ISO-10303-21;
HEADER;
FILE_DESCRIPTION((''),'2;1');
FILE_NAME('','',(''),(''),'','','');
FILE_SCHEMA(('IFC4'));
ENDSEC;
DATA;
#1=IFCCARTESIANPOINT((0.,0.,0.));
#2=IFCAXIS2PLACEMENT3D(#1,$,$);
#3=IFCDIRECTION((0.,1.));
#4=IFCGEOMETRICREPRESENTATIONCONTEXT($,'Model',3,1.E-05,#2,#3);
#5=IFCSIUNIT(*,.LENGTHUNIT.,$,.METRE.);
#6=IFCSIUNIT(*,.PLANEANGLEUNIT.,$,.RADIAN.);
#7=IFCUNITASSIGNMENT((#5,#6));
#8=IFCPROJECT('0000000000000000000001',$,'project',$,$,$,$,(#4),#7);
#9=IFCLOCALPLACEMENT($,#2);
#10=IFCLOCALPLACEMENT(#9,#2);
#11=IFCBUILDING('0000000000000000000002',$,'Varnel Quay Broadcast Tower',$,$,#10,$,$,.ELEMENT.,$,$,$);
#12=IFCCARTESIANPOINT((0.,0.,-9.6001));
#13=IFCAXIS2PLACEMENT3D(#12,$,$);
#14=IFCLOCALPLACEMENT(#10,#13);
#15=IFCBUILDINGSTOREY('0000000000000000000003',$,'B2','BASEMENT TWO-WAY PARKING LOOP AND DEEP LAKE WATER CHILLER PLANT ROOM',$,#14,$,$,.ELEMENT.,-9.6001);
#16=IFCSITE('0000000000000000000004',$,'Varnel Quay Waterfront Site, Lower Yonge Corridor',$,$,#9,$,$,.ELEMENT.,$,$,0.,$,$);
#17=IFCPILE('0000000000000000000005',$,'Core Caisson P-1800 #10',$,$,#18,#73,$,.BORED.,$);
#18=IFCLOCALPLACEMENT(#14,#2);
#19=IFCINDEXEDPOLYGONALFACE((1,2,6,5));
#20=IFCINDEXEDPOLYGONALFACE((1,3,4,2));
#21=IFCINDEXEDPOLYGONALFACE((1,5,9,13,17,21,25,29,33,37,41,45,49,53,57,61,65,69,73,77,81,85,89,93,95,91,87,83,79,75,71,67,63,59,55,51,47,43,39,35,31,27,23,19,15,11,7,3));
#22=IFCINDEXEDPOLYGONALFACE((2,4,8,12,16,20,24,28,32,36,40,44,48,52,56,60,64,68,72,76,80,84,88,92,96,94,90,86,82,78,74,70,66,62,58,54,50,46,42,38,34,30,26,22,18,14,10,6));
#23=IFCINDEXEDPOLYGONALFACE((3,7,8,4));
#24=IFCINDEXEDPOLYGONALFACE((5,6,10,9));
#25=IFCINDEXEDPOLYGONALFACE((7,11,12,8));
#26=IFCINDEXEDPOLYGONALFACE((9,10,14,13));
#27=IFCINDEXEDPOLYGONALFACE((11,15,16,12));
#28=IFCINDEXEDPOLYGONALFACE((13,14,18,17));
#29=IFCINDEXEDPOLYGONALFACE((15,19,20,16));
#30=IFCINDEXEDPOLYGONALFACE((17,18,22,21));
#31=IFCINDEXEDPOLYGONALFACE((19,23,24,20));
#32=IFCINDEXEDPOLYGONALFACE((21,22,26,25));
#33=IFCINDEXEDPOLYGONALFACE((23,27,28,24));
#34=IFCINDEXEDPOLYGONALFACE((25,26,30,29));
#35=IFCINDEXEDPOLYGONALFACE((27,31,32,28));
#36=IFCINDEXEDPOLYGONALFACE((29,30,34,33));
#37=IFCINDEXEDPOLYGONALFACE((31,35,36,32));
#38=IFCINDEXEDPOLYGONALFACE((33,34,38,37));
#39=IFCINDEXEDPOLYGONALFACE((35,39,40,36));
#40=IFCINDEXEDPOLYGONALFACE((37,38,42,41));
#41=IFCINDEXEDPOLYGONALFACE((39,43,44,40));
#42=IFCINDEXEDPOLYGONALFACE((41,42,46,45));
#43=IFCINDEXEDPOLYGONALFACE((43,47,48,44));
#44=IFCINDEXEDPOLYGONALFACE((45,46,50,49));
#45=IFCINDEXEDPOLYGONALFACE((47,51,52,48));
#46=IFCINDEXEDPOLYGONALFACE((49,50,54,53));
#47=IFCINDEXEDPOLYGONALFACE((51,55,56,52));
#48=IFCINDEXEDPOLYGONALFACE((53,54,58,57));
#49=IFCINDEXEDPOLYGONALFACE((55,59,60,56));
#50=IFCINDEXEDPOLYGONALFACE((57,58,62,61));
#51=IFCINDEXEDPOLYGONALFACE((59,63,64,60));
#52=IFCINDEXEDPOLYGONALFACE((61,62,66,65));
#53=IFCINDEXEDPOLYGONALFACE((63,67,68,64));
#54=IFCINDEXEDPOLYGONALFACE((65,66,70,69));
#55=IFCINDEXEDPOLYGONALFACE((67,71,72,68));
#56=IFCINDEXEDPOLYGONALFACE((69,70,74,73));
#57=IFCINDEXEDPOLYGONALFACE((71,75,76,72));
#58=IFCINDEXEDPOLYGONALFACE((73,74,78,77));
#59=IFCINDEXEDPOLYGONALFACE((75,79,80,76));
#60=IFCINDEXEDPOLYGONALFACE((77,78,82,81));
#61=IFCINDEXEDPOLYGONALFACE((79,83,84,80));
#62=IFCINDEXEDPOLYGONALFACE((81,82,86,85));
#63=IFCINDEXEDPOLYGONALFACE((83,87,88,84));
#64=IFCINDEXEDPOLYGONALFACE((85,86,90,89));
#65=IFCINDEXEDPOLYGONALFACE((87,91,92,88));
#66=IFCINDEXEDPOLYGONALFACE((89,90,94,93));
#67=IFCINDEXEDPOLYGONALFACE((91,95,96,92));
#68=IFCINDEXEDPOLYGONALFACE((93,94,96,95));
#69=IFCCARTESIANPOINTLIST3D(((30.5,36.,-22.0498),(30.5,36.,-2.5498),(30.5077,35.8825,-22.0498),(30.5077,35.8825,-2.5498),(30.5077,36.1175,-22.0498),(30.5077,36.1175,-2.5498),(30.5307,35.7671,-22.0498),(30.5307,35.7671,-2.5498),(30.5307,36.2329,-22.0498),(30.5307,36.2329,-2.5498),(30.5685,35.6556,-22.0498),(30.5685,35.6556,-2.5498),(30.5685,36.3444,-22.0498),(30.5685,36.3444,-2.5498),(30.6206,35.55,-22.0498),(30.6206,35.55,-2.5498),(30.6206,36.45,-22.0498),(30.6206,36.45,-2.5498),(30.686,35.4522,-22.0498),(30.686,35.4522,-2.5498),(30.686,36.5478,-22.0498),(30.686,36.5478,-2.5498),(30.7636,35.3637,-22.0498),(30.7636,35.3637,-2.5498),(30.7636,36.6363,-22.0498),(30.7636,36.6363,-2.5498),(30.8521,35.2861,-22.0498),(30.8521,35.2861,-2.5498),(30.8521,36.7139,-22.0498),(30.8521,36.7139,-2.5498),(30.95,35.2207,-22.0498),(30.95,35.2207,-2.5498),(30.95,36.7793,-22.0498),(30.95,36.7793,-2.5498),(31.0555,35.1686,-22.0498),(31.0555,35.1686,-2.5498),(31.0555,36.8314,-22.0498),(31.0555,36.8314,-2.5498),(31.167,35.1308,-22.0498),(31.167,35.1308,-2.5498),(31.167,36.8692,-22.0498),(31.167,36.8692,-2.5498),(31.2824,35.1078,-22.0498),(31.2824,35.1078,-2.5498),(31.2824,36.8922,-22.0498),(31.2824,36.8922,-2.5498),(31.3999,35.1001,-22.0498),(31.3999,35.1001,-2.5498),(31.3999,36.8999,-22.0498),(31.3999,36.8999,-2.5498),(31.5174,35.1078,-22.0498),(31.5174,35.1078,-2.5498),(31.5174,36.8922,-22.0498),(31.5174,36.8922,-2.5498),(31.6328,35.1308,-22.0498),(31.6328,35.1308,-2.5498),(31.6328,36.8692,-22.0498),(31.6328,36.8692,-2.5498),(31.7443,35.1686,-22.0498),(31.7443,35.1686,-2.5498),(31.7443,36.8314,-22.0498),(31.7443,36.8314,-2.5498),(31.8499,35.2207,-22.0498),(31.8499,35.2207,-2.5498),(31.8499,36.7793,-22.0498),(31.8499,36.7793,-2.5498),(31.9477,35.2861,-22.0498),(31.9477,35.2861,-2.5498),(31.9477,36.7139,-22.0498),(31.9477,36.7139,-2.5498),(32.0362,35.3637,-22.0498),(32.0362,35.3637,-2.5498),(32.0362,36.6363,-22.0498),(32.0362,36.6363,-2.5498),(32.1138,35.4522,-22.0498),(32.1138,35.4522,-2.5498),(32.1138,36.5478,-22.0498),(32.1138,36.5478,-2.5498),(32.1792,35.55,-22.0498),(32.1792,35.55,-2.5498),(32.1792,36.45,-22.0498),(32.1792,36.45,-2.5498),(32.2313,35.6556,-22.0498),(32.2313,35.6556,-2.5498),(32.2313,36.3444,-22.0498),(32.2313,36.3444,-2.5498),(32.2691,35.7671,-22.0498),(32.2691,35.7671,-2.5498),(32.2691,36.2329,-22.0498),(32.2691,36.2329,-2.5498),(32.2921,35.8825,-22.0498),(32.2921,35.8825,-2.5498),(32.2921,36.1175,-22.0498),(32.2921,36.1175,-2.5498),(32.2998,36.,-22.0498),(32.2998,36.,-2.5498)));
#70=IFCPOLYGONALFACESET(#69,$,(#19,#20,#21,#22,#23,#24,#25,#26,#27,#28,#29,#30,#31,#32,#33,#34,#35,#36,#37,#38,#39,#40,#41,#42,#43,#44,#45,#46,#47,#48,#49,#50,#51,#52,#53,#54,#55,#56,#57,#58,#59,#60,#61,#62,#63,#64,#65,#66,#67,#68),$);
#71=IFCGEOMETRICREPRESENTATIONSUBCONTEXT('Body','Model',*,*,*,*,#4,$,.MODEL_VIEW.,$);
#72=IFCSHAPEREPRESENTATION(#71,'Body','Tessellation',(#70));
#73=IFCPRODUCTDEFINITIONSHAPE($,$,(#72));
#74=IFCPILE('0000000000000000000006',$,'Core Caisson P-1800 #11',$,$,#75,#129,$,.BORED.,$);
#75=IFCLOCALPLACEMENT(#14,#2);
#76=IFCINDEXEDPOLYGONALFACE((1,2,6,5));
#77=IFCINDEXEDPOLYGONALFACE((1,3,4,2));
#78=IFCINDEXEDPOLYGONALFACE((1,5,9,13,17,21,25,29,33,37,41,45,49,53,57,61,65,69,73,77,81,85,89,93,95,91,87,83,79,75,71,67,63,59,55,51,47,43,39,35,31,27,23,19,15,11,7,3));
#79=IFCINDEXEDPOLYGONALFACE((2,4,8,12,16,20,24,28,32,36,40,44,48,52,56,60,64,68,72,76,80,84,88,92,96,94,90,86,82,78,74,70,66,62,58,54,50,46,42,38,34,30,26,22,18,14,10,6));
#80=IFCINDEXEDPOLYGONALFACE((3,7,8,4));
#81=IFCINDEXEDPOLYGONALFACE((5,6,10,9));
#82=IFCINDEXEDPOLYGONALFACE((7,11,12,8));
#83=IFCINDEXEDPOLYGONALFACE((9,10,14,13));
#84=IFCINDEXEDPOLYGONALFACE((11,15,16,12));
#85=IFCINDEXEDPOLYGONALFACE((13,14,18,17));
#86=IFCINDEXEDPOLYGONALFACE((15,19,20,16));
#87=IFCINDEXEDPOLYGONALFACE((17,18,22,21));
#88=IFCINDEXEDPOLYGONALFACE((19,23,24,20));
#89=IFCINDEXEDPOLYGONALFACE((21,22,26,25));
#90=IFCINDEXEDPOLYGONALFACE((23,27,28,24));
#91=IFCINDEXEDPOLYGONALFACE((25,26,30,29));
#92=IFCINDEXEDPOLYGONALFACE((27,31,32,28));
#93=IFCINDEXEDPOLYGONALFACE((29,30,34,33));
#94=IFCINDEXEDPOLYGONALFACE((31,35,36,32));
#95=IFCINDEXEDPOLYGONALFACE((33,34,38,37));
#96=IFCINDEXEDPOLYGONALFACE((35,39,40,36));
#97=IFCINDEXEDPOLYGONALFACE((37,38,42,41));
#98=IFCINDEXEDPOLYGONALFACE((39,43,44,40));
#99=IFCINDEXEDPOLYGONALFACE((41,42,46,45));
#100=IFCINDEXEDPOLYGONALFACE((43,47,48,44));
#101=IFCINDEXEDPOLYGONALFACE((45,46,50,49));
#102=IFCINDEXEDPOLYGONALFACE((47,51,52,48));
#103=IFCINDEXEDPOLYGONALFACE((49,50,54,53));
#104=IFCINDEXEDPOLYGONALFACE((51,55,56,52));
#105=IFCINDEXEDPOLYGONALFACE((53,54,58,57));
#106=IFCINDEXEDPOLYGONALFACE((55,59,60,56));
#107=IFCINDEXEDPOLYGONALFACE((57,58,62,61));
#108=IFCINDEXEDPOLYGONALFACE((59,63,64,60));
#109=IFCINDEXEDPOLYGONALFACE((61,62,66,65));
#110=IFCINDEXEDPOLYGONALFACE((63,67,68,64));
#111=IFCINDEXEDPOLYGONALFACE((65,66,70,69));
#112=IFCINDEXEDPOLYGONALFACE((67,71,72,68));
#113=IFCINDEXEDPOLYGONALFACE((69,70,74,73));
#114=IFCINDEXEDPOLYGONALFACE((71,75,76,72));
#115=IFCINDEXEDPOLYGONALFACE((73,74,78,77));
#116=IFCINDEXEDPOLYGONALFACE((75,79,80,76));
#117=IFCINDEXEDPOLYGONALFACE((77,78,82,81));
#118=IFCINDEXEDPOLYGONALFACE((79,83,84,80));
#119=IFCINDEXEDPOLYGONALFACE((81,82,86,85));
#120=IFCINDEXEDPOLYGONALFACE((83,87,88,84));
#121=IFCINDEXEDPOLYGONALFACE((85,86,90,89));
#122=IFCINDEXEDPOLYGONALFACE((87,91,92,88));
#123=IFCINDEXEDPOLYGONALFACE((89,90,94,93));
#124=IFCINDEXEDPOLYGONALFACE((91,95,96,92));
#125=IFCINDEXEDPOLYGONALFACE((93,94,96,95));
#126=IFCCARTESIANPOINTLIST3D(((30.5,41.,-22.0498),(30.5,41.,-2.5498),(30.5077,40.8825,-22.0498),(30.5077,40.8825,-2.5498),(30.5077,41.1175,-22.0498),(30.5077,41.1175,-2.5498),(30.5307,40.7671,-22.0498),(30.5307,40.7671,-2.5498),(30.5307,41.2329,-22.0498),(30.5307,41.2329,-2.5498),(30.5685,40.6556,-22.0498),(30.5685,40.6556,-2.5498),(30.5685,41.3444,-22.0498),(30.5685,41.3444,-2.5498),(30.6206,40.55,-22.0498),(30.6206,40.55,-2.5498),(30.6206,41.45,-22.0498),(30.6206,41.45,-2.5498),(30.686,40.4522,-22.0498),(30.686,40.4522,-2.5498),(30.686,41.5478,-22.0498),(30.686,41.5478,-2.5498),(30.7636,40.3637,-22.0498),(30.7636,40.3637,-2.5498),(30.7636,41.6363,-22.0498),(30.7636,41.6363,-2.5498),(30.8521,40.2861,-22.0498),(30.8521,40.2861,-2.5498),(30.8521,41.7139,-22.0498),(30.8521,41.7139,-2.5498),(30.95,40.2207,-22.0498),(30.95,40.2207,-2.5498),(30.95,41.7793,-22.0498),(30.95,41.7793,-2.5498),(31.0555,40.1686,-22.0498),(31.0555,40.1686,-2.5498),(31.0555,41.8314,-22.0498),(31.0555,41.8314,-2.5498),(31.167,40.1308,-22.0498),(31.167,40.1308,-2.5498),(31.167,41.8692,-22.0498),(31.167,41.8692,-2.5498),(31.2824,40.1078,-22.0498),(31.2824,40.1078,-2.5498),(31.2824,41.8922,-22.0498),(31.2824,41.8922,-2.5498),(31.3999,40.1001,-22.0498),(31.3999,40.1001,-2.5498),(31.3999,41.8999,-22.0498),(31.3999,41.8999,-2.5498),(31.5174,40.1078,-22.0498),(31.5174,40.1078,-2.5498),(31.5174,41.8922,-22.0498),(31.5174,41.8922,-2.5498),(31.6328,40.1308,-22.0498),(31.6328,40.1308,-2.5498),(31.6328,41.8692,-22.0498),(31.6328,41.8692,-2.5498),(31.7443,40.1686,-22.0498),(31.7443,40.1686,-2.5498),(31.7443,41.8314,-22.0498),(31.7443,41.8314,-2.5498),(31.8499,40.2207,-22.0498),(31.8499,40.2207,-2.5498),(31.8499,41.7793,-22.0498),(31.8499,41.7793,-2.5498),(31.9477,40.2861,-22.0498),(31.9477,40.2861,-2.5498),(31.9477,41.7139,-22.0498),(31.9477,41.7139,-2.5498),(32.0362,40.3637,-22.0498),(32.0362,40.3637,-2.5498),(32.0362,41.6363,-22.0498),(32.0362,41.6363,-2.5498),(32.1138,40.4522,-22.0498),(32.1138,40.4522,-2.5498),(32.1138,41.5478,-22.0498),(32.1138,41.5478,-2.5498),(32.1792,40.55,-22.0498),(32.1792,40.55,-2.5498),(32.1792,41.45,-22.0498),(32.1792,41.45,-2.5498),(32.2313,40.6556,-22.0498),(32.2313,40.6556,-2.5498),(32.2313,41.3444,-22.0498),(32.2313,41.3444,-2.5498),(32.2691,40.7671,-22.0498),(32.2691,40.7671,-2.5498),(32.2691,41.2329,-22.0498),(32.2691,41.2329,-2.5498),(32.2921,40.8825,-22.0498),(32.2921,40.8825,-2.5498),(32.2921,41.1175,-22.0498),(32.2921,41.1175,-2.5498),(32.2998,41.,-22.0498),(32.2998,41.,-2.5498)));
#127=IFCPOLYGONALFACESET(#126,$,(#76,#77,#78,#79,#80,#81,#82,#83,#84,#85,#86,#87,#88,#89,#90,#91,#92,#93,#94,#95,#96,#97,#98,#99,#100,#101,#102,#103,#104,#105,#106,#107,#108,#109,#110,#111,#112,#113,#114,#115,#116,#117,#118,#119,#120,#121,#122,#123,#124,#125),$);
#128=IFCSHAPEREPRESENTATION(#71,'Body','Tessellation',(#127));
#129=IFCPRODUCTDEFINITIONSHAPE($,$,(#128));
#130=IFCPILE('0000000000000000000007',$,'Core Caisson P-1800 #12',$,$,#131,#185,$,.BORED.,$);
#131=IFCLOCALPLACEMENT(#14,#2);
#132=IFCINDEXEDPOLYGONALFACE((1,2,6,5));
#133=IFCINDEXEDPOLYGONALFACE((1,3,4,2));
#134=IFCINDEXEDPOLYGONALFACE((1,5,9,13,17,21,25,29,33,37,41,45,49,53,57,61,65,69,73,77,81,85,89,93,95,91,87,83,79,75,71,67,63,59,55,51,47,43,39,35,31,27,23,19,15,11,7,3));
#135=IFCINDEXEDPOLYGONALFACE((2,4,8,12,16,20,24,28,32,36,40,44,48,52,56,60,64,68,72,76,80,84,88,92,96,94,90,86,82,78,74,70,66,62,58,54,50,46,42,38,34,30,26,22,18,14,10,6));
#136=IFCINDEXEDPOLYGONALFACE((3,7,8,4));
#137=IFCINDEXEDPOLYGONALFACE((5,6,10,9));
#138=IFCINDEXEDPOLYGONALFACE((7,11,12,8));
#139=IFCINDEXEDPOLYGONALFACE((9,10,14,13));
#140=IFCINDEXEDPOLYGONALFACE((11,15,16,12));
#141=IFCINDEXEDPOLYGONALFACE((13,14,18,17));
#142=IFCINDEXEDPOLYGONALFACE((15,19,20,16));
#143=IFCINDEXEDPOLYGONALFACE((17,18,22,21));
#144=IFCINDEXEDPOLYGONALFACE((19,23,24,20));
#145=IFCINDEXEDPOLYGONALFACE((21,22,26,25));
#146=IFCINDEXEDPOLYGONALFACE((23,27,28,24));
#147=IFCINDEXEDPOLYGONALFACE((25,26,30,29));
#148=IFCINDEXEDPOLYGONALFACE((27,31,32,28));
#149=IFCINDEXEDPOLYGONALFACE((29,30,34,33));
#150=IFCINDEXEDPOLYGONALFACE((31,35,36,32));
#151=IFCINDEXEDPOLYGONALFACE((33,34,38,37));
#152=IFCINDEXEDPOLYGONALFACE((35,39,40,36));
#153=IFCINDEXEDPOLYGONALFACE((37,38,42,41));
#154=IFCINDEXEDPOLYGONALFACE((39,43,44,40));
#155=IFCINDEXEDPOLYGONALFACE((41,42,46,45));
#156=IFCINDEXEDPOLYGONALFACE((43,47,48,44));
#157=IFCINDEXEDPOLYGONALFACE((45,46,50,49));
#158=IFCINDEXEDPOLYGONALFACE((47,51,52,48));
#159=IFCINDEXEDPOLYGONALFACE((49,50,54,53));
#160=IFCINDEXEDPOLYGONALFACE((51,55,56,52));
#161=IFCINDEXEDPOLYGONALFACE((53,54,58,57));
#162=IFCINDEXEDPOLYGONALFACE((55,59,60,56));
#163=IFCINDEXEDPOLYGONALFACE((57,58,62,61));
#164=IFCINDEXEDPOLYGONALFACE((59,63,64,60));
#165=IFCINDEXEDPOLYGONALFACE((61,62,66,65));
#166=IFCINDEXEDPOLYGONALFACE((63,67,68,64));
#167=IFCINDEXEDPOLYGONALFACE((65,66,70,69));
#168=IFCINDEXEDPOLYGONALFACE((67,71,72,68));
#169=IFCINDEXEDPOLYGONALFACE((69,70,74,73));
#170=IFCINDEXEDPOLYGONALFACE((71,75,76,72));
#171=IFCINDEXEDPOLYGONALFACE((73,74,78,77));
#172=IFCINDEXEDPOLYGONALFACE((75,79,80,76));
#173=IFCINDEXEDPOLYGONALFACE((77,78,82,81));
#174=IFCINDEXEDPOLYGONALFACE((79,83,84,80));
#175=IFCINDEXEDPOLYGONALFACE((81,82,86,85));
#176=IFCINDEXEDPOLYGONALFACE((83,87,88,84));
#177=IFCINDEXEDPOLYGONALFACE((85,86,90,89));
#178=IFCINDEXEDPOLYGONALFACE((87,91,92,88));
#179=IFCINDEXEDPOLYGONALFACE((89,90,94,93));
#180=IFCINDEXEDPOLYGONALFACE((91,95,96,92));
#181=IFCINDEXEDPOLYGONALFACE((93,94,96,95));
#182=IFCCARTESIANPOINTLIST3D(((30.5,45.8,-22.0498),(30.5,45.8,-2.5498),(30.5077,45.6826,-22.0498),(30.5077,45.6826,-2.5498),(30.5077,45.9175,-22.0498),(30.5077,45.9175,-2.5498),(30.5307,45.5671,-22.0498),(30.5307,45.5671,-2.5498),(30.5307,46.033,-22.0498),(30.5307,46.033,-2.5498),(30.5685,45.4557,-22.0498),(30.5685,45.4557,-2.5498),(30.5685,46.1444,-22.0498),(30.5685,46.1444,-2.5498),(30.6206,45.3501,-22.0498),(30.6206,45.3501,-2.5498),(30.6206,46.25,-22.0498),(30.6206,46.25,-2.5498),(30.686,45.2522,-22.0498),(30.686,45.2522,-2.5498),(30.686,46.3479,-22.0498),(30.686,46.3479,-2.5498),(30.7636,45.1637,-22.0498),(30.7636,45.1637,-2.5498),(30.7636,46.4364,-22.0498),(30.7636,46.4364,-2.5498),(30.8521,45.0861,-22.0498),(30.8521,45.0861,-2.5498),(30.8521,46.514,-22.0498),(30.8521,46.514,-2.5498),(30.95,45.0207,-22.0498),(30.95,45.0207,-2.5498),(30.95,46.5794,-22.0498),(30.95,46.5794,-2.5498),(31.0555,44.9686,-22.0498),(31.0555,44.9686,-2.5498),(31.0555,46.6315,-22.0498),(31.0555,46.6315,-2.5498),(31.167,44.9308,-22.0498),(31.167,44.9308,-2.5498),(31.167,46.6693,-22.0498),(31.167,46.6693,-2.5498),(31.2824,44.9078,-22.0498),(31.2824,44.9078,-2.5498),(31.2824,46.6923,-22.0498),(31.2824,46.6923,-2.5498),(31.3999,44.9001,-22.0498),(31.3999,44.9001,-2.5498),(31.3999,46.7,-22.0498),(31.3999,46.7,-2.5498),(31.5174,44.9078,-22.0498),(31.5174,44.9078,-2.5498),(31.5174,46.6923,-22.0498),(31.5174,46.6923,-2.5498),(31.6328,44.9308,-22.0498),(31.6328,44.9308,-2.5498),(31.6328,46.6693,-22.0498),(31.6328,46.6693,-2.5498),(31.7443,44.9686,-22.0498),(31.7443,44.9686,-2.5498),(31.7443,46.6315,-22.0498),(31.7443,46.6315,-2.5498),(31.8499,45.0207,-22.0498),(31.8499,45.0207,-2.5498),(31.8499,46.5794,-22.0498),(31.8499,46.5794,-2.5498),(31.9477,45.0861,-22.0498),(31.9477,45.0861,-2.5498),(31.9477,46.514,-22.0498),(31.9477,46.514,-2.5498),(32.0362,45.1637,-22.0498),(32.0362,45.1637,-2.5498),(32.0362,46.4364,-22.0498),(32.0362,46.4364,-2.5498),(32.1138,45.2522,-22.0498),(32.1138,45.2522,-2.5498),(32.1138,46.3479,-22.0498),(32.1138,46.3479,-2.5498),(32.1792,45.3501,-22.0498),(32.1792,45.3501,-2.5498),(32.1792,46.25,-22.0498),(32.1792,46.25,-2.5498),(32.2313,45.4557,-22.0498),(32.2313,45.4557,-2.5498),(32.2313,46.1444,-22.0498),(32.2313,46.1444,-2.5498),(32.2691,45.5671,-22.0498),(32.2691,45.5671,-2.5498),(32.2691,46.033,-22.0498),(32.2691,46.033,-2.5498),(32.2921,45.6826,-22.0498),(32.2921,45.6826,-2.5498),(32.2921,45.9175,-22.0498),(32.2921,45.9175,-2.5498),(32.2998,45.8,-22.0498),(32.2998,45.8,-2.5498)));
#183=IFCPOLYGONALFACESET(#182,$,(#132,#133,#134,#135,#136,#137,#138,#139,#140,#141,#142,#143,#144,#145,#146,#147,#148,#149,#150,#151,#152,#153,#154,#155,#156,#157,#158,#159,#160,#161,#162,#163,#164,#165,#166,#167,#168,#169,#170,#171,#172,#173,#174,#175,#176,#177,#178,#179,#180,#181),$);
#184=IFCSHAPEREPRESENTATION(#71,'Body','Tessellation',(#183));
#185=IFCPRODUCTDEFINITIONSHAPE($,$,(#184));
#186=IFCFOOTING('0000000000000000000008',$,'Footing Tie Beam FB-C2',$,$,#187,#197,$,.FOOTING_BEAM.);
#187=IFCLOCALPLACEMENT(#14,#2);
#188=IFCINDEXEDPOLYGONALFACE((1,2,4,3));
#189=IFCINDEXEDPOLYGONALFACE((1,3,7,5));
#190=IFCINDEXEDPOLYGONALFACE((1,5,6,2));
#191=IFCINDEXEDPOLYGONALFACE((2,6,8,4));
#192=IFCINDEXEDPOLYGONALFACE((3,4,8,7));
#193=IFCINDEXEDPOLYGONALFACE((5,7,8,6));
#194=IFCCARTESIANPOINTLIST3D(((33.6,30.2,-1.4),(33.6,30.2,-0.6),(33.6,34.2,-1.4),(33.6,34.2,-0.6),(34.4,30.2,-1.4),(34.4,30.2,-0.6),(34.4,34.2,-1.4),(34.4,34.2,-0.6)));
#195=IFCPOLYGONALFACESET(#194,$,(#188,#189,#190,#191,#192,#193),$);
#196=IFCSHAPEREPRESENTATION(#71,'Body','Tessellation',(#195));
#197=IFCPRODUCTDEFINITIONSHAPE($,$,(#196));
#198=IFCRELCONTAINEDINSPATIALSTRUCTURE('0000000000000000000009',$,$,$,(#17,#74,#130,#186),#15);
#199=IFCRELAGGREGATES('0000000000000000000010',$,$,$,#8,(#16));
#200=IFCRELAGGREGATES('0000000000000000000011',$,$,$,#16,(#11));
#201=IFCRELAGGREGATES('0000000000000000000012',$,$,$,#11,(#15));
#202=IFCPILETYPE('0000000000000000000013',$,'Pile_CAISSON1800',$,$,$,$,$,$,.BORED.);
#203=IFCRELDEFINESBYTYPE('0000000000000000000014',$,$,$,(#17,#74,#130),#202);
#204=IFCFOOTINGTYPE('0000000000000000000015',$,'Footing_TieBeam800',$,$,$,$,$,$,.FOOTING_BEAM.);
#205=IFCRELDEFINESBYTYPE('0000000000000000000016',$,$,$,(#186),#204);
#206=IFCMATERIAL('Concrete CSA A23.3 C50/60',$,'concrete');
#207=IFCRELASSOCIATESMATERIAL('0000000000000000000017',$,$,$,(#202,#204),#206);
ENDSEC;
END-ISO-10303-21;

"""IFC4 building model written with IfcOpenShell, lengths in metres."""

from ifc_helpers import new_model, si_unit, direction, frame, origin, origin_2d, place, context, subcontext, project, spatial, rectangle, circle, extrude, source, transform, mapped, material, material_profile, profile_set, type_object, type_shapes, element, save


model = new_model("IFC4")

# Units and contexts
model_context = context("Model", 3, precision=1e-05, world=origin(), true_north=direction((0.0, 1.0)))
body_context = subcontext(model_context, "Body", "Model", "MODEL_VIEW")
ifc_project = project(units=[si_unit("LENGTHUNIT", "METRE"), si_unit("PLANEANGLEUNIT", "RADIAN")], contexts=[model_context])

# Site, building, storey
site_placement = place(None, origin())
site = spatial("IfcSite", under=ifc_project, at=site_placement, Name="Varnel Quay Waterfront Site, Lower Yonge Corridor", CompositionType="ELEMENT", RefElevation=0.0)
building_placement = place(site_placement, origin())
building = spatial("IfcBuilding", under=site, at=building_placement, Name="Varnel Quay Broadcast Tower", CompositionType="ELEMENT")
storey_placement = place(building_placement, frame((0.0, 0.0, -9.6001)))
storey = spatial("IfcBuildingStorey", under=building, at=storey_placement, Name="B2", Description="BASEMENT TWO-WAY PARKING LOOP AND DEEP LAKE WATER CHILLER PLANT ROOM", CompositionType="ELEMENT", Elevation=-9.6001)

# Piles
ifc_material_1 = material(Name="Concrete CSA A23.3 C50/60", Category="concrete")
ifc_material_profile_1 = material_profile(ifc_material_1, circle(Radius=0.8999, at=origin_2d()), Name="CAISSON1800")
ifc_profile_set_1 = profile_set([ifc_material_profile_1], Name="Concrete CSA A23.3 C50/60")
pile_type = type_object("IfcPileType", Name="Pile_CAISSON1800", PredefinedType="BORED", material=ifc_profile_set_1)
shared_shape_1 = source(origin(), body_context, "Body", "SweptSolid", [
    extrude(circle(Radius=0.8999, at=origin_2d()), origin(), (0.0, 0.0, 1.0), 19.5),
])
type_shapes(pile_type, [shared_shape_1])
for number, where, z_axis, x_axis, name in (
    (1, (31.3999, 36.0, -2.5498), (0.0, 0.0, -1.0), (1.0, 0.0, 0.0), "Core Caisson P-1800 #10"),
    (2, (31.3999, 41.0, -2.5498), (0.0, 0.0, -1.0), (1.0, 0.0, 0.0), "Core Caisson P-1800 #11"),
    (3, (31.3999, 45.8, -2.5498), (0.0, 0.0, -1.0), (1.0, 0.0, 0.0), "Core Caisson P-1800 #12"),
):
    element("IfcPile", number, at=place(storey_placement, frame(where, z_axis=z_axis, x_axis=x_axis)), inside=storey, type_object=pile_type, Name=name, PredefinedType="BORED", context=body_context, shape_type="MappedRepresentation", body=[
        mapped(shared_shape_1, transform((0.0, 0.0, 0.0), x_axis=(1.0, 0.0, 0.0), y_axis=(0.0, 1.0, 0.0), z_axis=(0.0, 0.0, 1.0), scale=1.0)),
    ])

# Footing
ifc_material_profile_2 = material_profile(ifc_material_1, rectangle(XDim=0.8, YDim=0.8, at=origin_2d()), Name="RC800X800")
ifc_profile_set_2 = profile_set([ifc_material_profile_2], Name="Concrete CSA A23.3 C50/60")
footing_type = type_object("IfcFootingType", Name="Footing_TieBeam800", PredefinedType="FOOTING_BEAM", material=ifc_profile_set_2)
shared_shape_2 = source(origin(), body_context, "Body", "SweptSolid", [
    extrude(rectangle(XDim=0.8, YDim=0.8, at=origin_2d()), origin(), (0.0, 0.0, 1.0), 4.0),
])
type_shapes(footing_type, [shared_shape_2])
footing_placement = place(storey_placement, frame((34.0, 30.2, -1.0), z_axis=(0.0, 1.0, 0.0), x_axis=(-1.0, 0.0, 0.0)))
element("IfcFooting", 4, at=footing_placement, inside=storey, type_object=footing_type, Name="Footing Tie Beam FB-C2", PredefinedType="FOOTING_BEAM", context=body_context, shape_type="MappedRepresentation", body=[
    mapped(shared_shape_2, transform((0.0, 0.0, 0.0), x_axis=(1.0, 0.0, 0.0), y_axis=(0.0, 1.0, 0.0), z_axis=(0.0, 0.0, 1.0), scale=1.0)),
])

save(model, "model.ifc")
